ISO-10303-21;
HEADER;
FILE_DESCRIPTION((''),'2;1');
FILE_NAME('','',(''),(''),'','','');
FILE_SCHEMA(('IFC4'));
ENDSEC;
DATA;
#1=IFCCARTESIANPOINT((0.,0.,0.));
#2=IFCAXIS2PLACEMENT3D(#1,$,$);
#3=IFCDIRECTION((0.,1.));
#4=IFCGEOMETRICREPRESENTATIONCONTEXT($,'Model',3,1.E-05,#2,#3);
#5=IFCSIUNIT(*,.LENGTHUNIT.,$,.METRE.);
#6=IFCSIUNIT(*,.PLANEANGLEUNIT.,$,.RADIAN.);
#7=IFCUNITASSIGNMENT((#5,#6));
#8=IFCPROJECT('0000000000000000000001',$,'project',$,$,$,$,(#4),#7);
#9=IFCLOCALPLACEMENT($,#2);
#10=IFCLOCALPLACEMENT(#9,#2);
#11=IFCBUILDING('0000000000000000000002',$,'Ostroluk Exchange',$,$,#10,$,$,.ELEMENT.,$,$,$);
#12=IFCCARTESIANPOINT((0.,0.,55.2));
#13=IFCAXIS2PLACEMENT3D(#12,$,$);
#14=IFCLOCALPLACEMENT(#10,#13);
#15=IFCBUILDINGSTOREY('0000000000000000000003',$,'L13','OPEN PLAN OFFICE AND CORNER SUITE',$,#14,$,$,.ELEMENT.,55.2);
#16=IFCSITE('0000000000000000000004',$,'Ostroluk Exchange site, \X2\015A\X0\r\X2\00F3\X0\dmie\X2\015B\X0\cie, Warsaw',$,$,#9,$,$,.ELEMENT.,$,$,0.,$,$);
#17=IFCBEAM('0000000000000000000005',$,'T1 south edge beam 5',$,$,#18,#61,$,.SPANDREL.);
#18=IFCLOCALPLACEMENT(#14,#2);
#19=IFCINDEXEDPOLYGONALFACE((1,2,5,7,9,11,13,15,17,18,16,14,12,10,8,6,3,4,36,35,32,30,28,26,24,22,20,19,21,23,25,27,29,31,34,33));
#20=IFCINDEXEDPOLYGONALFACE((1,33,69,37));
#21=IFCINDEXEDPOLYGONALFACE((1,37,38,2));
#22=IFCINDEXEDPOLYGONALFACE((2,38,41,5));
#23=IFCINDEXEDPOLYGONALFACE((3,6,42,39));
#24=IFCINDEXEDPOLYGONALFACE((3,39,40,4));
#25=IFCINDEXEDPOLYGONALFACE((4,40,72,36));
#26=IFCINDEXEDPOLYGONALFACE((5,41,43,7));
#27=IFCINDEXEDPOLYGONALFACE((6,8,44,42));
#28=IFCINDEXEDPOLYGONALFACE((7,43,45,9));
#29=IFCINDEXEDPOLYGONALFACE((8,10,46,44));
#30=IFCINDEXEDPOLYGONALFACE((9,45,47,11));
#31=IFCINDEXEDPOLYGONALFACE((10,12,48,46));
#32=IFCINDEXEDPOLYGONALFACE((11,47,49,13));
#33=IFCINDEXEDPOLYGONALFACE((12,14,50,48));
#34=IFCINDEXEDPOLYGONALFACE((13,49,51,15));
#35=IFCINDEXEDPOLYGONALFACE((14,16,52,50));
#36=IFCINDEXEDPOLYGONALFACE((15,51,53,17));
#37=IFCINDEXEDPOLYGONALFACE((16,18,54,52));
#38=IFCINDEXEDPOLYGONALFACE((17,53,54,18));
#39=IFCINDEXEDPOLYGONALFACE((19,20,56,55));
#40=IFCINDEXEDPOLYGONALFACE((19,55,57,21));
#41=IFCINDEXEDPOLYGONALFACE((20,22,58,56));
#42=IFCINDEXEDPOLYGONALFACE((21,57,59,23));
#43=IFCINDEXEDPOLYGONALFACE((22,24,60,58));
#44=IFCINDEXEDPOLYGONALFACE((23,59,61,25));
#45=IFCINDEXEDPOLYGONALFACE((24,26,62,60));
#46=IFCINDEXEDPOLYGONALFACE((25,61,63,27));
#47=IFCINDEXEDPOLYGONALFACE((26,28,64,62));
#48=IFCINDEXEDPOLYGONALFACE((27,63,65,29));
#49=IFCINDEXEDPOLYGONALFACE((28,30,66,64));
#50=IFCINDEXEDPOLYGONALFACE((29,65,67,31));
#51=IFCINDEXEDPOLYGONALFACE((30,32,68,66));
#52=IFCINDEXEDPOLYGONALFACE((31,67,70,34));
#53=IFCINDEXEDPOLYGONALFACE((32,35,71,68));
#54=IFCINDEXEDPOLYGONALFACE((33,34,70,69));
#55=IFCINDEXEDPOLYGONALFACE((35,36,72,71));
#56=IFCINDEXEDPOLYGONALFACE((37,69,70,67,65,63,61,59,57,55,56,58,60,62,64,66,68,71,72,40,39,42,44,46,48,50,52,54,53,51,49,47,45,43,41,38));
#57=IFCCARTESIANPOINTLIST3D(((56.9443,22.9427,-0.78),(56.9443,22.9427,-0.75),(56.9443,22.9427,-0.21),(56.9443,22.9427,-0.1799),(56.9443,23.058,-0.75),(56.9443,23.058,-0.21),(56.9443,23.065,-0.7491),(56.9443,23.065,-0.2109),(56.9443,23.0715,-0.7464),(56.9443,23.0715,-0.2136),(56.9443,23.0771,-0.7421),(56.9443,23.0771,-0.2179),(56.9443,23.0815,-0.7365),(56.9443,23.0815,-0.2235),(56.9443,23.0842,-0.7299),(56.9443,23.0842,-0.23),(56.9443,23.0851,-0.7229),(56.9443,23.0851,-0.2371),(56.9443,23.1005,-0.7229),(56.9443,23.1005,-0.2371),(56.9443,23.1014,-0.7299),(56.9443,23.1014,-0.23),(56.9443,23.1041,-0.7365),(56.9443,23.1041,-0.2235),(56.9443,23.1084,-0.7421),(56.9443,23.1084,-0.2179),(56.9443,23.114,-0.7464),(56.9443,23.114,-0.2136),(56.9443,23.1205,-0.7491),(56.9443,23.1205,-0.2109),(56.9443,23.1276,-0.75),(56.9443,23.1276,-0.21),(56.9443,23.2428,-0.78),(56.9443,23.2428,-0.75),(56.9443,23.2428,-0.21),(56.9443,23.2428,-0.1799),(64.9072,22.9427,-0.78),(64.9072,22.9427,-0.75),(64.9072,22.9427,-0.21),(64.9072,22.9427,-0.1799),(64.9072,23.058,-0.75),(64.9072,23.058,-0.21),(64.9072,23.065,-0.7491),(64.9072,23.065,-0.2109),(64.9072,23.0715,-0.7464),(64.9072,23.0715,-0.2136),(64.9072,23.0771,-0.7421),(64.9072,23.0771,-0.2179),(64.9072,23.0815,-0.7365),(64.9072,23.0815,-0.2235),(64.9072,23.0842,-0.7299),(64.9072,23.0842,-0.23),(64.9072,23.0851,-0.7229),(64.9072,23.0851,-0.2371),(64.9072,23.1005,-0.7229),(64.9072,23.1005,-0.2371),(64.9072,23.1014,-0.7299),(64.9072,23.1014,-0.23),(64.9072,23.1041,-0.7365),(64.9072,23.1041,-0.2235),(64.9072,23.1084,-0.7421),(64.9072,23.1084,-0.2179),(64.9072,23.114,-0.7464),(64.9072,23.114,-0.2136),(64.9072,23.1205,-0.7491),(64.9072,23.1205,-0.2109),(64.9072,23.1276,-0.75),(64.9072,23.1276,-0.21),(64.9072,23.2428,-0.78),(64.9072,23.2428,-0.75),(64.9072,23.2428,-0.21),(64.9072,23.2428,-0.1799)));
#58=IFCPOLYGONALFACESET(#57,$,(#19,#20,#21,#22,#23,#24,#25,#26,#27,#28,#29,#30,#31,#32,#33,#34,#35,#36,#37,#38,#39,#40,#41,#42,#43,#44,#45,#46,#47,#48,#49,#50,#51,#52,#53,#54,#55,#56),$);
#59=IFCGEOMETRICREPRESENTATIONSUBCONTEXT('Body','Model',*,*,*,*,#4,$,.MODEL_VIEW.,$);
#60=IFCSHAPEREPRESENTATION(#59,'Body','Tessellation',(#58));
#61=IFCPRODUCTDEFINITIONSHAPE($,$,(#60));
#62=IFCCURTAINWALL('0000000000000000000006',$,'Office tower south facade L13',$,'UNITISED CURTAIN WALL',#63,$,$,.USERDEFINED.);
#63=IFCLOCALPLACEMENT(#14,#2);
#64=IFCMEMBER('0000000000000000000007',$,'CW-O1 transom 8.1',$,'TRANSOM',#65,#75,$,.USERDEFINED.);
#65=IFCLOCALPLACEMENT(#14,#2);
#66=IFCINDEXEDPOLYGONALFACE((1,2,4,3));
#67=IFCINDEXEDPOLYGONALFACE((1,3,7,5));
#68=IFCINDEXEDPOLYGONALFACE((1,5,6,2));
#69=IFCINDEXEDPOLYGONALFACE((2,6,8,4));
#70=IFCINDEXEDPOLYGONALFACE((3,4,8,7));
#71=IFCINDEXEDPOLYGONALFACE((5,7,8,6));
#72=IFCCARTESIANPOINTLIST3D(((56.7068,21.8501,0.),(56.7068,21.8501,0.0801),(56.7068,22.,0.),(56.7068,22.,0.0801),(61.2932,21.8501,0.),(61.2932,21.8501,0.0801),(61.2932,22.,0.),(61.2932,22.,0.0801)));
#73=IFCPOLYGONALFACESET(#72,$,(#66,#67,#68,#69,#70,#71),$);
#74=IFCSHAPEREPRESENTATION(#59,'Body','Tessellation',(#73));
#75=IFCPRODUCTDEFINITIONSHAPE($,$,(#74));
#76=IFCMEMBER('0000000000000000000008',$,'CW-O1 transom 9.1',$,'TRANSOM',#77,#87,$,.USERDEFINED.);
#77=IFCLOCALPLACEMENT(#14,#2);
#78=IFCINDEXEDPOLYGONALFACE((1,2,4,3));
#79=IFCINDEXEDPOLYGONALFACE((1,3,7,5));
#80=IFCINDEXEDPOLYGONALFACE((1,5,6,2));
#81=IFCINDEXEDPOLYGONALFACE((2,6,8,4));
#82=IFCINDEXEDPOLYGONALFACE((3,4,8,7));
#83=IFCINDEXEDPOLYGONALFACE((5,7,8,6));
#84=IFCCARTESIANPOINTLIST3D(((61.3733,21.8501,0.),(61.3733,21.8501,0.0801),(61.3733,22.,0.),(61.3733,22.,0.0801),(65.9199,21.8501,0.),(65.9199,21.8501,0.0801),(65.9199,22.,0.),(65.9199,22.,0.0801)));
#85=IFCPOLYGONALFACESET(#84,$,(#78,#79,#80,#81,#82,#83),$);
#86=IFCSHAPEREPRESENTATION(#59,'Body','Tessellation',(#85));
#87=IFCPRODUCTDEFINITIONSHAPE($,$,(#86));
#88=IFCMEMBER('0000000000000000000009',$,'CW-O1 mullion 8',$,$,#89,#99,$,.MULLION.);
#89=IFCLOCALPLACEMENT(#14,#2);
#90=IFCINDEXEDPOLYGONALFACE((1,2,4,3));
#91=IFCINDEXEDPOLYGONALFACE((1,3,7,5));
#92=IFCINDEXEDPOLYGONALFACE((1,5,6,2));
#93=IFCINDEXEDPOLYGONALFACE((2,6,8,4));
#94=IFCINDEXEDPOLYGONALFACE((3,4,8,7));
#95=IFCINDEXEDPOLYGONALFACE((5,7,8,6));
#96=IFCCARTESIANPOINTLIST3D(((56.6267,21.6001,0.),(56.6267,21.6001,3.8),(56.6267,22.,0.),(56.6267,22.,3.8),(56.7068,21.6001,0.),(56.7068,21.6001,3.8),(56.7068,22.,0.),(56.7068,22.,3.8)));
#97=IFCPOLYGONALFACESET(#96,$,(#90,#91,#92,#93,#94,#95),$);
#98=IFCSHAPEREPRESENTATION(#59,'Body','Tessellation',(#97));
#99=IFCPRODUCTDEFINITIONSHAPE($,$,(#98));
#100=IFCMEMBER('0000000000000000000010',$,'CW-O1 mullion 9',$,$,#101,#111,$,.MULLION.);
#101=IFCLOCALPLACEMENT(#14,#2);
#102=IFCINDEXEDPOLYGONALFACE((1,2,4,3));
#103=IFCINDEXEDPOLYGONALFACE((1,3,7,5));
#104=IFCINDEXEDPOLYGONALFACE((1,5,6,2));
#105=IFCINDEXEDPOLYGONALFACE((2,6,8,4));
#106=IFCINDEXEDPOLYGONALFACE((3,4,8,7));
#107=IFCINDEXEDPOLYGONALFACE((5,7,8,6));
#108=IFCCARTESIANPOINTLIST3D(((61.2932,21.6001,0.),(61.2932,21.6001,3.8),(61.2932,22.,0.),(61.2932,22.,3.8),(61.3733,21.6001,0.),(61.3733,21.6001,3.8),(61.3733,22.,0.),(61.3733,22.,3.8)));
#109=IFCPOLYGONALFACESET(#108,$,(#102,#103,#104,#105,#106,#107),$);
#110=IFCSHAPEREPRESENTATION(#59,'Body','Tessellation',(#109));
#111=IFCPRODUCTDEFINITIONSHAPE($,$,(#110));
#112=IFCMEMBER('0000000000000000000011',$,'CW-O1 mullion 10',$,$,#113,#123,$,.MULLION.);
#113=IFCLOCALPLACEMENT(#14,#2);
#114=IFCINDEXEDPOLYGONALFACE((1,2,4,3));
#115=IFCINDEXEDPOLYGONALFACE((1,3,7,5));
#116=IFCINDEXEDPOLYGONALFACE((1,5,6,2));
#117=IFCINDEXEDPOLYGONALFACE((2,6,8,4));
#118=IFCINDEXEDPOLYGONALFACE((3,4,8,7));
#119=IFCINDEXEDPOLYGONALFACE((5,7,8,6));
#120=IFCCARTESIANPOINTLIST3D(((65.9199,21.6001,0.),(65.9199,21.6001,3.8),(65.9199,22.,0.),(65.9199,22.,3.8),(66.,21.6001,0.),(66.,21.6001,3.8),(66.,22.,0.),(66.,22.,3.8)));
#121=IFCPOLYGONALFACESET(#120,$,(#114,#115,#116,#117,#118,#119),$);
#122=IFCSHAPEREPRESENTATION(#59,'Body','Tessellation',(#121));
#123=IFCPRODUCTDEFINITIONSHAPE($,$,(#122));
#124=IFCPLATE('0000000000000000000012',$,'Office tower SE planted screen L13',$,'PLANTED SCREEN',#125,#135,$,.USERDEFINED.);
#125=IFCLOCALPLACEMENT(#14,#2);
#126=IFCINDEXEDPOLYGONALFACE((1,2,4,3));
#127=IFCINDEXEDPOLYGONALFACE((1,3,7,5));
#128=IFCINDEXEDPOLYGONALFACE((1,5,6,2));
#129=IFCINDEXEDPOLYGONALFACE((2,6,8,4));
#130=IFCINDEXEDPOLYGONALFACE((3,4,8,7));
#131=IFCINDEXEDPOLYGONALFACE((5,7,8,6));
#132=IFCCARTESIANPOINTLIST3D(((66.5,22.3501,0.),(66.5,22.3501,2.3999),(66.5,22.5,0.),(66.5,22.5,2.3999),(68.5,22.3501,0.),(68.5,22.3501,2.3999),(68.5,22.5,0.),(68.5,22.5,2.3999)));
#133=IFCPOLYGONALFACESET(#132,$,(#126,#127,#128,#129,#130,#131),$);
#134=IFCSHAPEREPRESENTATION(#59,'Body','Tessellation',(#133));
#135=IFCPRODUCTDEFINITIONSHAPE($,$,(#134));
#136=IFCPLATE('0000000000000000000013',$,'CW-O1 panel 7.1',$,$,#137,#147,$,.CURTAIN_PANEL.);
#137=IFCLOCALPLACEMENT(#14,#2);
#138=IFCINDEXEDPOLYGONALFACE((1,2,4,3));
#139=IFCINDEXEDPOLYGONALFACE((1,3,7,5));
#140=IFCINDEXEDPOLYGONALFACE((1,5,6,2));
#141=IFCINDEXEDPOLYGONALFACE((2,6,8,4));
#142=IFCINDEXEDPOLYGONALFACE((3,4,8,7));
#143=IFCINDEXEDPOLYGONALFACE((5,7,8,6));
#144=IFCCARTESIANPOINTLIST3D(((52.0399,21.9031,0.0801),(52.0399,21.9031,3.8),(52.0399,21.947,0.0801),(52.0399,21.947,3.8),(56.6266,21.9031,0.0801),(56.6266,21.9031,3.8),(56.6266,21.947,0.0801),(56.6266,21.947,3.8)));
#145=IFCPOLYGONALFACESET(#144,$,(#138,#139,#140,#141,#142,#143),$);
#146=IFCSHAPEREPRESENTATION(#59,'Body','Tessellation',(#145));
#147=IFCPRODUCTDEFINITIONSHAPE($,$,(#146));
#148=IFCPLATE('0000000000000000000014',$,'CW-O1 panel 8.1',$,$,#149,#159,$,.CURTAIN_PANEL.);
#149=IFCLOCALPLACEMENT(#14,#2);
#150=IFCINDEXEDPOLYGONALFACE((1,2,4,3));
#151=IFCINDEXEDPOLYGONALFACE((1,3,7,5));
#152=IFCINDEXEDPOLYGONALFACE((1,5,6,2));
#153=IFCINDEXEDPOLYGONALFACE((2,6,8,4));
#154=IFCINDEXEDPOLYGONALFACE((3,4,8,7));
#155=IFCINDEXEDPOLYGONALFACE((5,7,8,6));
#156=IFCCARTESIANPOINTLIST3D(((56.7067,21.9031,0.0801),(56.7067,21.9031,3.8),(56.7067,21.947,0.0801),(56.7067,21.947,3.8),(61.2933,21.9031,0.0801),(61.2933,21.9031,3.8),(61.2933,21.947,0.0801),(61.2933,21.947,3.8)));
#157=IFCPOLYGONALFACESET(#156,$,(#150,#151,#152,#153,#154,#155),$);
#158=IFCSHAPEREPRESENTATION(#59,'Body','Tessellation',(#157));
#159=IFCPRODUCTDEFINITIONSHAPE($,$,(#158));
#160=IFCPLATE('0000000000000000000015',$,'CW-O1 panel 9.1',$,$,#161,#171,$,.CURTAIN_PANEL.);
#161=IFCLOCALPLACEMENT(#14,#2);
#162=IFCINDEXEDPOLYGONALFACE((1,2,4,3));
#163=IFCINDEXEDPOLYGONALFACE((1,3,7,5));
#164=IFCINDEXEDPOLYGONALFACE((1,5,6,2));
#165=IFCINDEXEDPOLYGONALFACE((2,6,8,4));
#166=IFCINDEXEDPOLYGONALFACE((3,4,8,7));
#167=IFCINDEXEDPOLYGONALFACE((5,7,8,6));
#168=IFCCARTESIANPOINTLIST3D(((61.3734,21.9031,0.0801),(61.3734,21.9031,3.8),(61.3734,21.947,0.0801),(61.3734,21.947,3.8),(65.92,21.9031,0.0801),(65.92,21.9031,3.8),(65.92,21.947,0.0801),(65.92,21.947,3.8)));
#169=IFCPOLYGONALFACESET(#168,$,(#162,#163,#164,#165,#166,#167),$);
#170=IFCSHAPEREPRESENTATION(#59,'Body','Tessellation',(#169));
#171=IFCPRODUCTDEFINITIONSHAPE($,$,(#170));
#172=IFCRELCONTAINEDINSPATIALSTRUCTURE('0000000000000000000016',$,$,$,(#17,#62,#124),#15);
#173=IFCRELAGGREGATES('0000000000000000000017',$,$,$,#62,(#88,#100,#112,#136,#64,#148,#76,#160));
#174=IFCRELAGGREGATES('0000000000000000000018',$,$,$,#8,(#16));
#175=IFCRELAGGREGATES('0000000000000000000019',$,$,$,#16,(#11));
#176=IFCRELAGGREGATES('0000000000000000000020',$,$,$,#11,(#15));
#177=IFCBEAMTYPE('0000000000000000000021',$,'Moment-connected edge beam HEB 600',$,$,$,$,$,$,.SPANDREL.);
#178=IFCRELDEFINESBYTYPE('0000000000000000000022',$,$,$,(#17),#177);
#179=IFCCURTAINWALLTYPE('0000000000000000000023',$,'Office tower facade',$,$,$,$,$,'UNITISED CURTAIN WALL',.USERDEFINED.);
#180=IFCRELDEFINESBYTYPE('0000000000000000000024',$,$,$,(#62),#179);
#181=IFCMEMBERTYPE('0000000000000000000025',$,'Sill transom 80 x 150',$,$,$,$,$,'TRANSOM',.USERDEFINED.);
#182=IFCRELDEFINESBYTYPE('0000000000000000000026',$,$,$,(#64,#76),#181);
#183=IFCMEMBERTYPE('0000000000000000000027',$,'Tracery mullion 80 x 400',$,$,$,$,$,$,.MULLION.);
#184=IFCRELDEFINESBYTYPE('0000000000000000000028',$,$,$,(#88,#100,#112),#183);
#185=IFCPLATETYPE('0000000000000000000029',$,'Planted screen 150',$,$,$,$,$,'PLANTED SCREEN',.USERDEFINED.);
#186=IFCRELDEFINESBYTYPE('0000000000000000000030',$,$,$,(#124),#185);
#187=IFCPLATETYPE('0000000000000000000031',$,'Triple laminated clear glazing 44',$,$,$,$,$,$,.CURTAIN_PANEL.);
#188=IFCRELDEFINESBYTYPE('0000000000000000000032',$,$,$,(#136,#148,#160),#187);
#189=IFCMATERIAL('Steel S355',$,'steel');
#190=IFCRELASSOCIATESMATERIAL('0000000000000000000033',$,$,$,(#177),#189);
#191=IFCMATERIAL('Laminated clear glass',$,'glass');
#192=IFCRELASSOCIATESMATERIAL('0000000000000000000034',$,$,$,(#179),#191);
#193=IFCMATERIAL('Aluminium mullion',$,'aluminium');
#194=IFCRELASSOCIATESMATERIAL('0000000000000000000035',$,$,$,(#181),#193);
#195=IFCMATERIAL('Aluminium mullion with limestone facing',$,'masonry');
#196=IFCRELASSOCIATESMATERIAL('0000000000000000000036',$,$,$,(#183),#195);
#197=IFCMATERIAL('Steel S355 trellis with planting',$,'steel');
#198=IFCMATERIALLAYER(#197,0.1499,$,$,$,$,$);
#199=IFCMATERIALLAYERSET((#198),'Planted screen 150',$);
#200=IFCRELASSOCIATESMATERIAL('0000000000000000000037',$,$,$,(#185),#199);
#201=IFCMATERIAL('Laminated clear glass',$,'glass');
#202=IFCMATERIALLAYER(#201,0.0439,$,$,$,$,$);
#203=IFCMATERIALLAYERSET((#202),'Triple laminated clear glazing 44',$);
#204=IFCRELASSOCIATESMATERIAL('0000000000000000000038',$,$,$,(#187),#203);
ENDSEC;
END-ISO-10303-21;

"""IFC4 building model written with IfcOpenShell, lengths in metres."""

from ifc_helpers import new_model, si_unit, direction, frame, origin, origin_2d, place, context, subcontext, project, spatial, rectangle, i_section, extrude, material, layer, layer_set, material_profile, profile_set, type_object, element, aggregate, save


model = new_model("IFC4")

# Units and contexts
model_context = context("Model", 3, precision=1e-05, world=origin(), true_north=direction((0.0, 1.0)))
body_context = subcontext(model_context, "Body", "Model", "MODEL_VIEW")
ifc_project = project(units=[si_unit("LENGTHUNIT", "METRE"), si_unit("PLANEANGLEUNIT", "RADIAN")], contexts=[model_context])

# Site, building, storey
site_placement = place(None, origin())
site = spatial("IfcSite", under=ifc_project, at=site_placement, Name="Ostroluk Exchange site, Śródmieście, Warsaw", CompositionType="ELEMENT", RefElevation=0.0)
building_placement = place(site_placement, origin())
building = spatial("IfcBuilding", under=site, at=building_placement, Name="Ostroluk Exchange", CompositionType="ELEMENT")
storey_placement = place(building_placement, frame((0.0, 0.0, 55.2)))
storey = spatial("IfcBuildingStorey", under=building, at=storey_placement, Name="L13", Description="OPEN PLAN OFFICE AND CORNER SUITE", CompositionType="ELEMENT", Elevation=55.2)

# Beam
ifc_material_1 = material(Name="Steel S355", Category="steel")
ifc_material_profile_1 = material_profile(ifc_material_1, i_section(OverallWidth=0.3, OverallDepth=0.6001, WebThickness=0.0154, FlangeThickness=0.03, FilletRadius=0.0271, at=origin_2d()), Name="HEB 600")
ifc_profile_set_1 = profile_set([ifc_material_profile_1], Name="Steel S355")
beam_type_1 = type_object("IfcBeamType", Name="Moment-connected edge beam HEB 600", PredefinedType="SPANDREL", material=ifc_profile_set_1)
for number, where, z_axis, x_axis, name in (
    (1, (56.9443, 23.0928, -0.48), (1.0, 0.0, 0.0), (0.0, 1.0, 0.0), "T1 south edge beam 5"),
):
    element("IfcBeam", number, at=place(storey_placement, frame(where, z_axis=z_axis, x_axis=x_axis)), inside=storey, type_object=beam_type_1, Name=name, PredefinedType="SPANDREL", context=body_context, shape_type="SweptSolid", body=[
        extrude(i_section(OverallWidth=0.3, OverallDepth=0.6001, WebThickness=0.0154, FlangeThickness=0.03, FilletRadius=0.0271, at=origin_2d()), origin(), (0.0, 0.0, 1.0), 7.9629),
    ])

# Curtain wall, members
ifc_material_2 = material(Name="Laminated clear glass", Category="glass")
curtain_wall_type = type_object("IfcCurtainWallType", Name="Office tower facade", ElementType="UNITISED CURTAIN WALL", PredefinedType="USERDEFINED", material=ifc_material_2)
curtain_wall_placement = place(storey_placement, origin())
curtain_wall = element("IfcCurtainWall", 2, at=curtain_wall_placement, inside=storey, type_object=curtain_wall_type, Name="Office tower south facade L13", ObjectType="UNITISED CURTAIN WALL", PredefinedType="USERDEFINED")
ifc_material_3 = material(Name="Aluminium mullion", Category="aluminium")
ifc_material_profile_2 = material_profile(ifc_material_3, rectangle(XDim=0.1499, YDim=0.0801, at=origin_2d()), Name="Sill transom 80 x 150")
ifc_profile_set_2 = profile_set([ifc_material_profile_2], Name="Aluminium mullion")
member_type_1 = type_object("IfcMemberType", Name="Sill transom 80 x 150", ElementType="TRANSOM", PredefinedType="USERDEFINED", material=ifc_profile_set_2)
member_1_placement = place(storey_placement, frame((56.7068, 21.925, 0.04), z_axis=(1.0, 0.0, 0.0), x_axis=(0.0, 1.0, 0.0)))
member_1 = element("IfcMember", 3, at=member_1_placement, type_object=member_type_1, Name="CW-O1 transom 8.1", ObjectType="TRANSOM", PredefinedType="USERDEFINED", context=body_context, shape_type="SweptSolid", body=[
    extrude(rectangle(XDim=0.1499, YDim=0.0801, at=origin_2d()), origin(), (0.0, 0.0, 1.0), 4.5864),
])
member_2_placement = place(storey_placement, frame((61.3733, 21.925, 0.04), z_axis=(1.0, 0.0, 0.0), x_axis=(0.0, 1.0, 0.0)))
member_2 = element("IfcMember", 4, at=member_2_placement, type_object=member_type_1, Name="CW-O1 transom 9.1", ObjectType="TRANSOM", PredefinedType="USERDEFINED", context=body_context, shape_type="SweptSolid", body=[
    extrude(rectangle(XDim=0.1499, YDim=0.0801, at=origin_2d()), origin(), (0.0, 0.0, 1.0), 4.5466),
])
ifc_material_4 = material(Name="Aluminium mullion with limestone facing", Category="masonry")
ifc_material_profile_3 = material_profile(ifc_material_4, rectangle(XDim=0.3999, YDim=0.0801, at=origin_2d()), Name="Tracery mullion 80 x 400")
ifc_profile_set_3 = profile_set([ifc_material_profile_3], Name="Aluminium mullion with limestone facing")
member_type_2 = type_object("IfcMemberType", Name="Tracery mullion 80 x 400", PredefinedType="MULLION", material=ifc_profile_set_3)
member_3_placement = place(storey_placement, frame((56.6667, 21.8, 0.0), z_axis=(0.0, 0.0, 1.0), x_axis=(0.0, 1.0, 0.0)))
member_3 = element("IfcMember", 5, at=member_3_placement, type_object=member_type_2, Name="CW-O1 mullion 8", PredefinedType="MULLION", context=body_context, shape_type="SweptSolid", body=[
    extrude(rectangle(XDim=0.3999, YDim=0.0801, at=origin_2d()), origin(), (0.0, 0.0, 1.0), 3.8),
])
member_4_placement = place(storey_placement, frame((61.3333, 21.8, 0.0), z_axis=(0.0, 0.0, 1.0), x_axis=(0.0, 1.0, 0.0)))
member_4 = element("IfcMember", 6, at=member_4_placement, type_object=member_type_2, Name="CW-O1 mullion 9", PredefinedType="MULLION", context=body_context, shape_type="SweptSolid", body=[
    extrude(rectangle(XDim=0.3999, YDim=0.0801, at=origin_2d()), origin(), (0.0, 0.0, 1.0), 3.8),
])
member_5_placement = place(storey_placement, frame((65.96, 21.8, 0.0), z_axis=(0.0, 0.0, 1.0), x_axis=(0.0, 1.0, 0.0)))
member_5 = element("IfcMember", 7, at=member_5_placement, type_object=member_type_2, Name="CW-O1 mullion 10", PredefinedType="MULLION", context=body_context, shape_type="SweptSolid", body=[
    extrude(rectangle(XDim=0.3999, YDim=0.0801, at=origin_2d()), origin(), (0.0, 0.0, 1.0), 3.8),
])

# Plates
ifc_material_5 = material(Name="Steel S355 trellis with planting", Category="steel")
ifc_layer_1 = layer(ifc_material_5, 0.1499)
ifc_layer_set_1 = layer_set([ifc_layer_1], Name="Planted screen 150")
plate_type_1 = type_object("IfcPlateType", Name="Planted screen 150", ElementType="PLANTED SCREEN", PredefinedType="USERDEFINED", material=ifc_layer_set_1)
plate_1_placement = place(storey_placement, frame((67.5, 22.425, 0.0), z_axis=(0.0, 0.0, 1.0), x_axis=(1.0, 0.0, 0.0)))
element("IfcPlate", 8, at=plate_1_placement, inside=storey, type_object=plate_type_1, Name="Office tower SE planted screen L13", ObjectType="PLANTED SCREEN", PredefinedType="USERDEFINED", context=body_context, shape_type="SweptSolid", body=[
    extrude(rectangle(XDim=2.0, YDim=0.1499, at=origin_2d()), origin(), (0.0, 0.0, 1.0), 2.3999),
])
ifc_material_6 = material(Name="Laminated clear glass", Category="glass")
ifc_layer_2 = layer(ifc_material_6, 0.0439)
ifc_layer_set_2 = layer_set([ifc_layer_2], Name="Triple laminated clear glazing 44")
plate_type_2 = type_object("IfcPlateType", Name="Triple laminated clear glazing 44", PredefinedType="CURTAIN_PANEL", material=ifc_layer_set_2)
plate_2_placement = place(storey_placement, frame((54.3333, 21.925, 0.0801), z_axis=(0.0, 0.0, 1.0), x_axis=(1.0, 0.0, 0.0)))
plate_2 = element("IfcPlate", 9, at=plate_2_placement, type_object=plate_type_2, Name="CW-O1 panel 7.1", PredefinedType="CURTAIN_PANEL", context=body_context, shape_type="SweptSolid", body=[
    extrude(rectangle(XDim=4.5867, YDim=0.0439, at=origin_2d()), origin(), (0.0, 0.0, 1.0), 3.72),
])
plate_3_placement = place(storey_placement, frame((59.0, 21.925, 0.0801), z_axis=(0.0, 0.0, 1.0), x_axis=(1.0, 0.0, 0.0)))
plate_3 = element("IfcPlate", 10, at=plate_3_placement, type_object=plate_type_2, Name="CW-O1 panel 8.1", PredefinedType="CURTAIN_PANEL", context=body_context, shape_type="SweptSolid", body=[
    extrude(rectangle(XDim=4.5867, YDim=0.0439, at=origin_2d()), origin(), (0.0, 0.0, 1.0), 3.72),
])
plate_4_placement = place(storey_placement, frame((63.6467, 21.925, 0.0801), z_axis=(0.0, 0.0, 1.0), x_axis=(1.0, 0.0, 0.0)))
plate_4 = element("IfcPlate", 11, at=plate_4_placement, type_object=plate_type_2, Name="CW-O1 panel 9.1", PredefinedType="CURTAIN_PANEL", context=body_context, shape_type="SweptSolid", body=[
    extrude(rectangle(XDim=4.5466, YDim=0.0439, at=origin_2d()), origin(), (0.0, 0.0, 1.0), 3.72),
])
aggregate(curtain_wall, [member_3, member_4, member_5, plate_2, member_1, plate_3, member_2, plate_4])

save(model, "model.ifc")
